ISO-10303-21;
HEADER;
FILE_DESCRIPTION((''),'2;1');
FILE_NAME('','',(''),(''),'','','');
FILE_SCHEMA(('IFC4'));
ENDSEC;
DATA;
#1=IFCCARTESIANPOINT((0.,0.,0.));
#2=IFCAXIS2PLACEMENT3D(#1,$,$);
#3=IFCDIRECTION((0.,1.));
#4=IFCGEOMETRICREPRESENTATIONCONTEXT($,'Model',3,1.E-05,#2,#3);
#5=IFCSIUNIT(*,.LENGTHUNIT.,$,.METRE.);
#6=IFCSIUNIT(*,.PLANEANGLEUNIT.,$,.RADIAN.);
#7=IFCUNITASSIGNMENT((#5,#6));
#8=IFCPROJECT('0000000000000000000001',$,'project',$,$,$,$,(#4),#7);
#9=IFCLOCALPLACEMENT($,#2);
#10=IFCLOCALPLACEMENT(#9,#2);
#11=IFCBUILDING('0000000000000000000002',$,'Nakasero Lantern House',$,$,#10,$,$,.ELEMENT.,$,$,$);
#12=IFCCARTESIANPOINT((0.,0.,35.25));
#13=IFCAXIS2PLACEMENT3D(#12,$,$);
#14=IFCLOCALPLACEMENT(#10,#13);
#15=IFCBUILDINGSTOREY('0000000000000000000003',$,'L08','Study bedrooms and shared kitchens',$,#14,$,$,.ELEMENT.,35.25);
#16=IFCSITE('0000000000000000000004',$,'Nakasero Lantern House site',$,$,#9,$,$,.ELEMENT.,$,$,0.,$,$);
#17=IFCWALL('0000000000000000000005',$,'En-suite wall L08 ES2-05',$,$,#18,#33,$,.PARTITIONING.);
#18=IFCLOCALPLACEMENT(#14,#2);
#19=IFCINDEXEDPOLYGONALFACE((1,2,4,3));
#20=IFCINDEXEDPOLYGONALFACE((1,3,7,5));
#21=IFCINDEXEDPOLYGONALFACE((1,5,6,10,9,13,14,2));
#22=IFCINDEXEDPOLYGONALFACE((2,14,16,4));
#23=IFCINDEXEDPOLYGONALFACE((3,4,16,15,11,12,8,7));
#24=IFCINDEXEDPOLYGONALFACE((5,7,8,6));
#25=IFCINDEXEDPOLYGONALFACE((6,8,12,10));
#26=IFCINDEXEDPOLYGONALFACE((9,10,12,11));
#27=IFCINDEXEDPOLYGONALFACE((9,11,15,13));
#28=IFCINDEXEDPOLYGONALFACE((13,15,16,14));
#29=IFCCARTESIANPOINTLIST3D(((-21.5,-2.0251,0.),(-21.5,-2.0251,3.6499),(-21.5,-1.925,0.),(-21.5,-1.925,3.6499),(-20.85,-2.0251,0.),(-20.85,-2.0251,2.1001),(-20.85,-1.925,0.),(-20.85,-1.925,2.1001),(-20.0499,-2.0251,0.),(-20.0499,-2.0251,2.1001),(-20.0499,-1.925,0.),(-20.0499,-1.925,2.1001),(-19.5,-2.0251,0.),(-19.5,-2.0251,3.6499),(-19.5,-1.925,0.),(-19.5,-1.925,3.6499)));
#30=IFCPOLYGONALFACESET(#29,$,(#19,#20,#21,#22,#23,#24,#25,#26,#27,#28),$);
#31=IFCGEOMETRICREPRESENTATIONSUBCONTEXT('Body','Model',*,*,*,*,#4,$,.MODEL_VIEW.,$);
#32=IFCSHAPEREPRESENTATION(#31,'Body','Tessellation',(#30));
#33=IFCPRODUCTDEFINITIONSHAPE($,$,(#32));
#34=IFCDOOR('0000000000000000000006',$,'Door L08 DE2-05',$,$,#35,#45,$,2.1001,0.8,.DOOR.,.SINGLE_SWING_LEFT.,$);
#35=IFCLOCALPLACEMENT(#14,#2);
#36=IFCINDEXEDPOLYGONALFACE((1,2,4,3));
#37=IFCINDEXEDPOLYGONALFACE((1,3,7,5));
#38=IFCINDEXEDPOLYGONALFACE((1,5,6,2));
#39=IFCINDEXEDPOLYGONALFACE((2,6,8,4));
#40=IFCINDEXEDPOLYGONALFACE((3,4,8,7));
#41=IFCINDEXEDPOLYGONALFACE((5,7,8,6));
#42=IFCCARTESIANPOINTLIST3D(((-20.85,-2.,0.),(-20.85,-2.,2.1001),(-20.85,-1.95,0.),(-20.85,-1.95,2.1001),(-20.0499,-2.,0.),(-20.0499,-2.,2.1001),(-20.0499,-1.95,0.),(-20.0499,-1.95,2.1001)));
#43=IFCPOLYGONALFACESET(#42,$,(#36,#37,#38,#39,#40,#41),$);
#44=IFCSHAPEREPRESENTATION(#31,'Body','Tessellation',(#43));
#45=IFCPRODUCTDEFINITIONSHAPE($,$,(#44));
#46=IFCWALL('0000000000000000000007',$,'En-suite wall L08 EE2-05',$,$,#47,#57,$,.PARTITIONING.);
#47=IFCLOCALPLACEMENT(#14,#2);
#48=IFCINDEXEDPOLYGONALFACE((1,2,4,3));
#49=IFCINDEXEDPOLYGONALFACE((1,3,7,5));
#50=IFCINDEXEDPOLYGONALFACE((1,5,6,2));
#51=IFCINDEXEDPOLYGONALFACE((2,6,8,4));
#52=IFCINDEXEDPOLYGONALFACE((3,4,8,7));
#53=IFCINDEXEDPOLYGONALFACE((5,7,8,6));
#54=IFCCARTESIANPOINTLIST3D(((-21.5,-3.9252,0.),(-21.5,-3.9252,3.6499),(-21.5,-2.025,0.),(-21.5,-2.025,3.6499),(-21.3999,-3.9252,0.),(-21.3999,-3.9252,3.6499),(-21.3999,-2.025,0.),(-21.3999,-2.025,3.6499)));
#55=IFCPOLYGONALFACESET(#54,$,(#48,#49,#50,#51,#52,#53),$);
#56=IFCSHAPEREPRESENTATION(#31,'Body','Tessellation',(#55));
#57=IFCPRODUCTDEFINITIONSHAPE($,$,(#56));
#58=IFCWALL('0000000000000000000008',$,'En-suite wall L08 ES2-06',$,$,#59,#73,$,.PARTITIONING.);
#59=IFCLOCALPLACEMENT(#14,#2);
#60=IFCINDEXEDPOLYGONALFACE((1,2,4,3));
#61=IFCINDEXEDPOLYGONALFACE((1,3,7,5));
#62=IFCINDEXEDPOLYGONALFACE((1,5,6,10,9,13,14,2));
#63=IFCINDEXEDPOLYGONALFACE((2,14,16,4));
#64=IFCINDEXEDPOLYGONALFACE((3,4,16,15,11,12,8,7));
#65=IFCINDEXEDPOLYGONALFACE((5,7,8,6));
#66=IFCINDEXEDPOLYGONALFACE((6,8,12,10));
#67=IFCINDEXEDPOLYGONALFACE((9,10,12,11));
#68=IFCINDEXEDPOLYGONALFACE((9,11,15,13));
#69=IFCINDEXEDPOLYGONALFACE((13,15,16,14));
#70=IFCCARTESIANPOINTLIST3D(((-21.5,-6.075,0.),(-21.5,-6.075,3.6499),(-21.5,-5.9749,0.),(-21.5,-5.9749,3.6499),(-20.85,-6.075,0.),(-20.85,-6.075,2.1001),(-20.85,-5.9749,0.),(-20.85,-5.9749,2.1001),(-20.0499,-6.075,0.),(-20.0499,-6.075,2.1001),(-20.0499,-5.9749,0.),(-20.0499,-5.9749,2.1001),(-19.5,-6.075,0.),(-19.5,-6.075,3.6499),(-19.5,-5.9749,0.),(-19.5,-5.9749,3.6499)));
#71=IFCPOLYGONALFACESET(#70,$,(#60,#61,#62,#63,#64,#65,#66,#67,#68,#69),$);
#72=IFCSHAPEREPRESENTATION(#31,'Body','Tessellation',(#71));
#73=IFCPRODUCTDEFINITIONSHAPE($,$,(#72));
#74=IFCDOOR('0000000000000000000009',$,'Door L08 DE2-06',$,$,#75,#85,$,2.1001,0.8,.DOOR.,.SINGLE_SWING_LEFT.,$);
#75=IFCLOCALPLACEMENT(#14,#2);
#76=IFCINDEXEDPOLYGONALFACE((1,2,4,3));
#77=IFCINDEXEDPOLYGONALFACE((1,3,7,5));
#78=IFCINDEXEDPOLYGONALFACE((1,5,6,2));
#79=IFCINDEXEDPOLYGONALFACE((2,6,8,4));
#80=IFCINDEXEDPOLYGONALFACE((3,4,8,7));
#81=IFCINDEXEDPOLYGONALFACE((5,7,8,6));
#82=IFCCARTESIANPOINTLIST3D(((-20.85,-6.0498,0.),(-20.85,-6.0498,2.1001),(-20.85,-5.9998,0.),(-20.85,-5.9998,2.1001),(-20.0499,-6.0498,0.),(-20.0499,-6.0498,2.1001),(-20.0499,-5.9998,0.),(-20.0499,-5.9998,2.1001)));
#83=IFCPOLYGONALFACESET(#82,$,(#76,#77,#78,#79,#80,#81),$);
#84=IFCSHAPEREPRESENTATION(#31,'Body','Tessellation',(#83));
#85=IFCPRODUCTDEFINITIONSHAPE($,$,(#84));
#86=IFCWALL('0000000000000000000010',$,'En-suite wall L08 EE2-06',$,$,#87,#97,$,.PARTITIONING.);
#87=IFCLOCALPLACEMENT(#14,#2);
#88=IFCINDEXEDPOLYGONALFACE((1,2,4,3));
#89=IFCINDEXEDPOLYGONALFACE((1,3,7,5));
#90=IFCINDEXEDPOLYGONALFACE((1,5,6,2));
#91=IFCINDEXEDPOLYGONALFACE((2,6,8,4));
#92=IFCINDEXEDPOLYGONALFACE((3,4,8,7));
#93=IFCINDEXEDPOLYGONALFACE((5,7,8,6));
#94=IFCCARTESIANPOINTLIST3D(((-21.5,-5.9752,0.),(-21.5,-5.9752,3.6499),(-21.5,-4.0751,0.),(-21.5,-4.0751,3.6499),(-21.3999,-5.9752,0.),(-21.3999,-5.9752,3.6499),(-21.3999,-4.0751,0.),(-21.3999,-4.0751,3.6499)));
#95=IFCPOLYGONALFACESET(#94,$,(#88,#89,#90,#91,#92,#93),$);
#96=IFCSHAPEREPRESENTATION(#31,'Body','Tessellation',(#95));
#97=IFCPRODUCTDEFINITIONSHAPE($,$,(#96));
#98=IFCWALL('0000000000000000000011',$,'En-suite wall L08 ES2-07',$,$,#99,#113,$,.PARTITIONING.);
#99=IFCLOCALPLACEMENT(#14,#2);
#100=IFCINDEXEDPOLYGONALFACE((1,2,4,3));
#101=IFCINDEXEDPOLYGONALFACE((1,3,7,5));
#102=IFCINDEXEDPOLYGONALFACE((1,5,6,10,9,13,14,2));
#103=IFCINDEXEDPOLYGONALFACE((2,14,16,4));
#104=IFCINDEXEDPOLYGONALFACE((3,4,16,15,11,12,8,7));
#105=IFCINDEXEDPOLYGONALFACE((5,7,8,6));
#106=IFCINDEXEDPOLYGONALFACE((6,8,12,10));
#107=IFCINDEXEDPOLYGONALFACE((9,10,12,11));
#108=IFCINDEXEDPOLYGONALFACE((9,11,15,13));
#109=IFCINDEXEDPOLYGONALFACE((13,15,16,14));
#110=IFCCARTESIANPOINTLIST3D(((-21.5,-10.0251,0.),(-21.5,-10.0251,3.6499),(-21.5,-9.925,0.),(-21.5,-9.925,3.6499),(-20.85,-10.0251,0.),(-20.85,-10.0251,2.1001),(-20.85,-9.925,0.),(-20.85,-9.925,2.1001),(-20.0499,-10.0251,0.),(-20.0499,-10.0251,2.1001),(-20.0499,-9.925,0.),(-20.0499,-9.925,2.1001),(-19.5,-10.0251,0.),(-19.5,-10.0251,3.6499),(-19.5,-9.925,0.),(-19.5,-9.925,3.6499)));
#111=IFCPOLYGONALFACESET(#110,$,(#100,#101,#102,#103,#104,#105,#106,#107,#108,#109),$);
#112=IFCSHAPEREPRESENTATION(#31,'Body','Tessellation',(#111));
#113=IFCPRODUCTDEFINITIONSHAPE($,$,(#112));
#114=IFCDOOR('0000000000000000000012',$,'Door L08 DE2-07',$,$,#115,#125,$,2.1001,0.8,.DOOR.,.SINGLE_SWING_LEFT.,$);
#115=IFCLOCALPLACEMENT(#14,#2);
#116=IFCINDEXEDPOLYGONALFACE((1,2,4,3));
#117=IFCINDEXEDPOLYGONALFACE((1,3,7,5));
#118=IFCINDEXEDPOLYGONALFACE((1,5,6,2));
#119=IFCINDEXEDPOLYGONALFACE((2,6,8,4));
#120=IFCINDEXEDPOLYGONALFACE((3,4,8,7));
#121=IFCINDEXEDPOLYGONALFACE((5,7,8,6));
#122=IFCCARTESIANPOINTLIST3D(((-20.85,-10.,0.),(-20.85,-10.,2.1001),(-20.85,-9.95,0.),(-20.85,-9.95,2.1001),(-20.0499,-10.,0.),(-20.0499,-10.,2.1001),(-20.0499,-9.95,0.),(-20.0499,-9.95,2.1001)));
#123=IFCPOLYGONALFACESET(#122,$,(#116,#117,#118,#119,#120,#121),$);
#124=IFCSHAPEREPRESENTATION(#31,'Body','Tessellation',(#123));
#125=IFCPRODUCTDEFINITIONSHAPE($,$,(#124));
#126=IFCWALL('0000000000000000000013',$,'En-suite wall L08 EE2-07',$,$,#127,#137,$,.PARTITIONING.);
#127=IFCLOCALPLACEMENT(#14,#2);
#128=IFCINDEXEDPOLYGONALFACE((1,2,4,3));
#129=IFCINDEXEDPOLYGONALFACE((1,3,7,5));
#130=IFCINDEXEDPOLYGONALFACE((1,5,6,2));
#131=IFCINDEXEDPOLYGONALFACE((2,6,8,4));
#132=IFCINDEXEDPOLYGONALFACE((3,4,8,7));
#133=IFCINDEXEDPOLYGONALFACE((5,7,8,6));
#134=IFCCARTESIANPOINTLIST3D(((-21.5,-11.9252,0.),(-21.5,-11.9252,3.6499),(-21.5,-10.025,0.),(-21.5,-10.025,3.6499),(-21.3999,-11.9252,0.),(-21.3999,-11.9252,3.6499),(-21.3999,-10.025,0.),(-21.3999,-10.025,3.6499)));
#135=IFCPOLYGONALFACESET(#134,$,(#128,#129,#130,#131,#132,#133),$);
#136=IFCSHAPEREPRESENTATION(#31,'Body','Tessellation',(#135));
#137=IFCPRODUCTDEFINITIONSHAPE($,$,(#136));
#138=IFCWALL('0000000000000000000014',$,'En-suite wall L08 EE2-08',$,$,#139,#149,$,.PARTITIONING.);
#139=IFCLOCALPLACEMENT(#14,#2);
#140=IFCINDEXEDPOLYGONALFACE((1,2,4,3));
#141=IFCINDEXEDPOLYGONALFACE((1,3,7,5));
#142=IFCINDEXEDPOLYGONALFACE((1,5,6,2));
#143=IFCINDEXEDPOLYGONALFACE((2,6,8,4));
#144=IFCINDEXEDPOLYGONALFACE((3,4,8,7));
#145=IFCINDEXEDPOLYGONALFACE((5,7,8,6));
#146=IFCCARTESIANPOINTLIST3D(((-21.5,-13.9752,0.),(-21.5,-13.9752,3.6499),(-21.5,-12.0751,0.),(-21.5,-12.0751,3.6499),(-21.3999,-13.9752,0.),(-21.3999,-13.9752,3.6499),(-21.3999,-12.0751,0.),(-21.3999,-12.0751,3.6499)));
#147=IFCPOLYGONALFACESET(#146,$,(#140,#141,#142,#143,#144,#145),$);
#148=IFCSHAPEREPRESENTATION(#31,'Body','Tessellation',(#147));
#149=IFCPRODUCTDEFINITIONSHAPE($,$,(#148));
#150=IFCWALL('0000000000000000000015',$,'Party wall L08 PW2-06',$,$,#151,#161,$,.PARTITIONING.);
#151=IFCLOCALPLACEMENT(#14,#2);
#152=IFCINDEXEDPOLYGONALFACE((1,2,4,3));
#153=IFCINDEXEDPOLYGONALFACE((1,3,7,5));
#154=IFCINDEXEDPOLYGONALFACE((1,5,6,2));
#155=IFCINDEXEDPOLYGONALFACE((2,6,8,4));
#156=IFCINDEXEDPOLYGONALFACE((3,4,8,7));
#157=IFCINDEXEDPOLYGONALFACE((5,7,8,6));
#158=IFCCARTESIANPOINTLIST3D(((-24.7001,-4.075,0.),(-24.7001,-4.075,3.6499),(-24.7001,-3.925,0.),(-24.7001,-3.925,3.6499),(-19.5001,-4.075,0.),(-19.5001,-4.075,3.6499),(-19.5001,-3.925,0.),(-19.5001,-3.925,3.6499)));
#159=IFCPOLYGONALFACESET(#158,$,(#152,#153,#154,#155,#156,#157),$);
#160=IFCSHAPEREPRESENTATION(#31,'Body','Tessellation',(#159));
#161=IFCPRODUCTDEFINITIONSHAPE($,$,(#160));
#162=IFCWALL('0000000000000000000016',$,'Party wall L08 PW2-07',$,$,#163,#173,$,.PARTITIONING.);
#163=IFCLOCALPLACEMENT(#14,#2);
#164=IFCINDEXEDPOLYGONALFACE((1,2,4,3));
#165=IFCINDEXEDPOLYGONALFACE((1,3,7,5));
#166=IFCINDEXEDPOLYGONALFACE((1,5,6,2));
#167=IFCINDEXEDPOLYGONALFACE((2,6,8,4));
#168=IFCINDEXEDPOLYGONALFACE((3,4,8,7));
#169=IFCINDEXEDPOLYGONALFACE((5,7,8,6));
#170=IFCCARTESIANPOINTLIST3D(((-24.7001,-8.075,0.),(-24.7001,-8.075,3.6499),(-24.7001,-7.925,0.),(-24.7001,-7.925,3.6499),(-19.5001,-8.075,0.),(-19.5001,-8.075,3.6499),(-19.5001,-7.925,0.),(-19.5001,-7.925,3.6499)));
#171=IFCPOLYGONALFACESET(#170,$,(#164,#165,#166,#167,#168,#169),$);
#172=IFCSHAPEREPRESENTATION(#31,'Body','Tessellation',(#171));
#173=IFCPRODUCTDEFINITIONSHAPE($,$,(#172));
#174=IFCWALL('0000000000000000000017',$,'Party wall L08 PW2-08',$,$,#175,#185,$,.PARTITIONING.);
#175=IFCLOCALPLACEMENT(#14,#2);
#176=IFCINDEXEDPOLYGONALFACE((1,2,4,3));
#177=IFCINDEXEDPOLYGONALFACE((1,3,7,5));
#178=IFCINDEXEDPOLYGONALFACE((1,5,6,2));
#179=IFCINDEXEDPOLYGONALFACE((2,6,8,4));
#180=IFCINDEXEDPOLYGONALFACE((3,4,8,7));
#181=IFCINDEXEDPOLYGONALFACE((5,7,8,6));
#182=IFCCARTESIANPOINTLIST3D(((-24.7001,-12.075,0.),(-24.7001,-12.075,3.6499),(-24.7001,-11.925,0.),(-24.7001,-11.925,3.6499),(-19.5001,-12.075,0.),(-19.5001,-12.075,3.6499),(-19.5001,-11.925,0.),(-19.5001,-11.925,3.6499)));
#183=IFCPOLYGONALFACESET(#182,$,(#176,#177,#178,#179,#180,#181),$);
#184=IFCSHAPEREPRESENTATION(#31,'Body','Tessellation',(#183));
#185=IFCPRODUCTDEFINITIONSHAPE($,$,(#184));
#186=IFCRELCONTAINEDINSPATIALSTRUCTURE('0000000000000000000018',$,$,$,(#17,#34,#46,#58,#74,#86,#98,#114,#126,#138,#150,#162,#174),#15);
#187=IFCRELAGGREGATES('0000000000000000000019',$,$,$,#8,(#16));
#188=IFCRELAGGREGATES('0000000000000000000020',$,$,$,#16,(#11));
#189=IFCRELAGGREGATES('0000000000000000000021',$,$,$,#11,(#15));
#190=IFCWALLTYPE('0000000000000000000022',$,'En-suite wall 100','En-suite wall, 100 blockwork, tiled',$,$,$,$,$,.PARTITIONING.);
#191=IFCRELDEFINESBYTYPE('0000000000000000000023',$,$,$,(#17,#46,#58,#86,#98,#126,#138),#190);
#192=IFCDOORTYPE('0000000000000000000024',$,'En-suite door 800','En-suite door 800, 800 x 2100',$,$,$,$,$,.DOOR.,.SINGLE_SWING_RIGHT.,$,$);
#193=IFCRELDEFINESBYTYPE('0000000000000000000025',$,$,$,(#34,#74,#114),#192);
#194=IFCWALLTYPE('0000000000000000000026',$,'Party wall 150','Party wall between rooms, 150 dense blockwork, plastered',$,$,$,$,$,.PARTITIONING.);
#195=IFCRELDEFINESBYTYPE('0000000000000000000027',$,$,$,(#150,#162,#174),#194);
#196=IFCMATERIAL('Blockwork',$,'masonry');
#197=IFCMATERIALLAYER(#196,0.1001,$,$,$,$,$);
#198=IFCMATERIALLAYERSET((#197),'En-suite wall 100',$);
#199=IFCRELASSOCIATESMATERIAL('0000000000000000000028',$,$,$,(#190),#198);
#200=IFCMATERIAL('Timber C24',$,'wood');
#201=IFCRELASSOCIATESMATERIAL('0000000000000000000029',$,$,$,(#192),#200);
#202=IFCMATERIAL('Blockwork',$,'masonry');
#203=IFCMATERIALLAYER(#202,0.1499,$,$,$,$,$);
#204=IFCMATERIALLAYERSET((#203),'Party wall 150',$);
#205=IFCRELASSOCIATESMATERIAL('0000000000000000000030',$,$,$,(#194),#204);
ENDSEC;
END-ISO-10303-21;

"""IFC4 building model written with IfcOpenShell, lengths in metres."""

from ifc_helpers import new_model, si_unit, direction, frame, frame_2d, origin, place, context, subcontext, project, spatial, rectangle, extrude, material, layer, layer_set, type_object, element, fill, save


model = new_model("IFC4")

# Units and contexts
model_context = context("Model", 3, precision=1e-05, world=origin(), true_north=direction((0.0, 1.0)))
body_context = subcontext(model_context, "Body", "Model", "MODEL_VIEW")
ifc_project = project(units=[si_unit("LENGTHUNIT", "METRE"), si_unit("PLANEANGLEUNIT", "RADIAN")], contexts=[model_context])

# Site, building, storey
site_placement = place(None, origin())
site = spatial("IfcSite", under=ifc_project, at=site_placement, Name="Nakasero Lantern House site", CompositionType="ELEMENT", RefElevation=0.0)
building_placement = place(site_placement, origin())
building = spatial("IfcBuilding", under=site, at=building_placement, Name="Nakasero Lantern House", CompositionType="ELEMENT")
storey_placement = place(building_placement, frame((0.0, 0.0, 35.25)))
storey = spatial("IfcBuildingStorey", under=building, at=storey_placement, Name="L08", Description="Study bedrooms and shared kitchens", CompositionType="ELEMENT", Elevation=35.25)

# Wall, opening, door
ifc_material_1 = material(Name="Blockwork", Category="masonry")
ifc_layer_1 = layer(ifc_material_1, 0.1001)
ifc_layer_set_1 = layer_set([ifc_layer_1], Name="En-suite wall 100")
wall_type_1 = type_object("IfcWallType", Name="En-suite wall 100", Description="En-suite wall, 100 blockwork, tiled", PredefinedType="PARTITIONING", material=ifc_layer_set_1)
wall_1_placement = place(storey_placement, frame((-19.5, -1.9751, 0.0), z_axis=(0.0, 0.0, 1.0), x_axis=(-1.0, 0.0, 0.0)))
wall_1 = element("IfcWall", 1, at=wall_1_placement, inside=storey, type_object=wall_type_1, Name="En-suite wall L08 ES2-05", PredefinedType="PARTITIONING", context=body_context, shape_type="SweptSolid", body=[
    extrude(rectangle(XDim=2.0, YDim=0.1001, at=frame_2d((1.0, 0.0))), origin(), (0.0, 0.0, 1.0), 3.6499),
])
opening_1_placement = place(wall_1_placement, frame((0.55, 0.0, 0.0)))
opening_1 = element("IfcOpeningElement", 2, at=opening_1_placement, cuts=wall_1, PredefinedType="OPENING", context=body_context, shape_type="SweptSolid", body=[
    extrude(rectangle(XDim=0.8, YDim=2.1001, at=frame_2d((0.3999, 1.05))), frame((0.0, 0.0701, 0.0), z_axis=(0.0, -1.0, 0.0), x_axis=(1.0, 0.0, 0.0)), (0.0, 0.0, 1.0), 0.1401),
])
ifc_material_2 = material(Name="Timber C24", Category="wood")
door_type = type_object("IfcDoorType", Name="En-suite door 800", Description="En-suite door 800, 800 x 2100", OperationType="SINGLE_SWING_RIGHT", PredefinedType="DOOR", material=ifc_material_2)
door_1_placement = place(opening_1_placement, origin())
door_1 = element("IfcDoor", 3, at=door_1_placement, inside=storey, type_object=door_type, Name="Door L08 DE2-05", OperationType="SINGLE_SWING_LEFT", OverallHeight=2.1001, OverallWidth=0.8, PredefinedType="DOOR", context=body_context, shape_type="SweptSolid", body=[
    extrude(rectangle(XDim=0.8, YDim=2.1001, at=frame_2d((0.3999, 1.05))), frame((0.0, 0.0249, 0.0), z_axis=(0.0, -1.0, 0.0), x_axis=(1.0, 0.0, 0.0)), (0.0, 0.0, 1.0), 0.05),
])
fill(opening_1, door_1)

# Wall
wall_2_placement = place(storey_placement, frame((-21.45, -2.0249, 0.0), z_axis=(0.0, 0.0, 1.0), x_axis=(0.0, -1.0, 0.0)))
element("IfcWall", 4, at=wall_2_placement, inside=storey, type_object=wall_type_1, Name="En-suite wall L08 EE2-05", PredefinedType="PARTITIONING", context=body_context, shape_type="SweptSolid", body=[
    extrude(rectangle(XDim=1.9001, YDim=0.1001, at=frame_2d((0.9502, 0.0))), origin(), (0.0, 0.0, 1.0), 3.6499),
])

# Wall, opening, door
wall_3_placement = place(storey_placement, frame((-19.5, -6.0249, 0.0), z_axis=(0.0, 0.0, 1.0), x_axis=(-1.0, 0.0, 0.0)))
wall_3 = element("IfcWall", 5, at=wall_3_placement, inside=storey, type_object=wall_type_1, Name="En-suite wall L08 ES2-06", PredefinedType="PARTITIONING", context=body_context, shape_type="SweptSolid", body=[
    extrude(rectangle(XDim=2.0, YDim=0.1001, at=frame_2d((1.0, 0.0))), origin(), (0.0, 0.0, 1.0), 3.6499),
])
opening_2_placement = place(wall_3_placement, frame((0.55, 0.0, 0.0)))
opening_2 = element("IfcOpeningElement", 6, at=opening_2_placement, cuts=wall_3, PredefinedType="OPENING", context=body_context, shape_type="SweptSolid", body=[
    extrude(rectangle(XDim=0.8, YDim=2.1001, at=frame_2d((0.3999, 1.05))), frame((0.0, 0.0701, 0.0), z_axis=(0.0, -1.0, 0.0), x_axis=(1.0, 0.0, 0.0)), (0.0, 0.0, 1.0), 0.1401),
])
door_2_placement = place(opening_2_placement, origin())
door_2 = element("IfcDoor", 7, at=door_2_placement, inside=storey, type_object=door_type, Name="Door L08 DE2-06", OperationType="SINGLE_SWING_LEFT", OverallHeight=2.1001, OverallWidth=0.8, PredefinedType="DOOR", context=body_context, shape_type="SweptSolid", body=[
    extrude(rectangle(XDim=0.8, YDim=2.1001, at=frame_2d((0.3999, 1.05))), frame((0.0, 0.0249, 0.0), z_axis=(0.0, -1.0, 0.0), x_axis=(1.0, 0.0, 0.0)), (0.0, 0.0, 1.0), 0.05),
])
fill(opening_2, door_2)

# Wall
wall_4_placement = place(storey_placement, frame((-21.45, -4.075, 0.0), z_axis=(0.0, 0.0, 1.0), x_axis=(0.0, -1.0, 0.0)))
element("IfcWall", 8, at=wall_4_placement, inside=storey, type_object=wall_type_1, Name="En-suite wall L08 EE2-06", PredefinedType="PARTITIONING", context=body_context, shape_type="SweptSolid", body=[
    extrude(rectangle(XDim=1.9001, YDim=0.1001, at=frame_2d((0.9502, 0.0))), origin(), (0.0, 0.0, 1.0), 3.6499),
])

# Wall, opening, door
wall_5_placement = place(storey_placement, frame((-19.5, -9.9751, 0.0), z_axis=(0.0, 0.0, 1.0), x_axis=(-1.0, 0.0, 0.0)))
wall_5 = element("IfcWall", 9, at=wall_5_placement, inside=storey, type_object=wall_type_1, Name="En-suite wall L08 ES2-07", PredefinedType="PARTITIONING", context=body_context, shape_type="SweptSolid", body=[
    extrude(rectangle(XDim=2.0, YDim=0.1001, at=frame_2d((1.0, 0.0))), origin(), (0.0, 0.0, 1.0), 3.6499),
])
opening_3_placement = place(wall_5_placement, frame((0.55, 0.0, 0.0)))
opening_3 = element("IfcOpeningElement", 10, at=opening_3_placement, cuts=wall_5, PredefinedType="OPENING", context=body_context, shape_type="SweptSolid", body=[
    extrude(rectangle(XDim=0.8, YDim=2.1001, at=frame_2d((0.3999, 1.05))), frame((0.0, 0.0701, 0.0), z_axis=(0.0, -1.0, 0.0), x_axis=(1.0, 0.0, 0.0)), (0.0, 0.0, 1.0), 0.1401),
])
door_3_placement = place(opening_3_placement, origin())
door_3 = element("IfcDoor", 11, at=door_3_placement, inside=storey, type_object=door_type, Name="Door L08 DE2-07", OperationType="SINGLE_SWING_LEFT", OverallHeight=2.1001, OverallWidth=0.8, PredefinedType="DOOR", context=body_context, shape_type="SweptSolid", body=[
    extrude(rectangle(XDim=0.8, YDim=2.1001, at=frame_2d((0.3999, 1.05))), frame((0.0, 0.0249, 0.0), z_axis=(0.0, -1.0, 0.0), x_axis=(1.0, 0.0, 0.0)), (0.0, 0.0, 1.0), 0.05),
])
fill(opening_3, door_3)

# Walls
for number, where, z_axis, x_axis, name in (
    (12, (-21.45, -10.0249, 0.0), (0.0, 0.0, 1.0), (0.0, -1.0, 0.0), "En-suite wall L08 EE2-07"),
    (13, (-21.45, -12.075, 0.0), (0.0, 0.0, 1.0), (0.0, -1.0, 0.0), "En-suite wall L08 EE2-08"),
):
    element("IfcWall", number, at=place(storey_placement, frame(where, z_axis=z_axis, x_axis=x_axis)), inside=storey, type_object=wall_type_1, Name=name, PredefinedType="PARTITIONING", context=body_context, shape_type="SweptSolid", body=[
        extrude(rectangle(XDim=1.9001, YDim=0.1001, at=frame_2d((0.9502, 0.0))), origin(), (0.0, 0.0, 1.0), 3.6499),
    ])
ifc_material_3 = material(Name="Blockwork", Category="masonry")
ifc_layer_2 = layer(ifc_material_3, 0.1499)
ifc_layer_set_2 = layer_set([ifc_layer_2], Name="Party wall 150")
wall_type_2 = type_object("IfcWallType", Name="Party wall 150", Description="Party wall between rooms, 150 dense blockwork, plastered", PredefinedType="PARTITIONING", material=ifc_layer_set_2)
for number, where, z_axis, x_axis, name in (
    (14, (-19.5, -4.0, 0.0), (0.0, 0.0, 1.0), (-1.0, 0.0, 0.0), "Party wall L08 PW2-06"),
    (15, (-19.5, -8.0, 0.0), (0.0, 0.0, 1.0), (-1.0, 0.0, 0.0), "Party wall L08 PW2-07"),
    (16, (-19.5, -12.0, 0.0), (0.0, 0.0, 1.0), (-1.0, 0.0, 0.0), "Party wall L08 PW2-08"),
):
    element("IfcWall", number, at=place(storey_placement, frame(where, z_axis=z_axis, x_axis=x_axis)), inside=storey, type_object=wall_type_2, Name=name, PredefinedType="PARTITIONING", context=body_context, shape_type="SweptSolid", body=[
        extrude(rectangle(XDim=5.2, YDim=0.1499, at=frame_2d((2.6001, 0.0))), origin(), (0.0, 0.0, 1.0), 3.6499),
    ])

save(model, "model.ifc")
